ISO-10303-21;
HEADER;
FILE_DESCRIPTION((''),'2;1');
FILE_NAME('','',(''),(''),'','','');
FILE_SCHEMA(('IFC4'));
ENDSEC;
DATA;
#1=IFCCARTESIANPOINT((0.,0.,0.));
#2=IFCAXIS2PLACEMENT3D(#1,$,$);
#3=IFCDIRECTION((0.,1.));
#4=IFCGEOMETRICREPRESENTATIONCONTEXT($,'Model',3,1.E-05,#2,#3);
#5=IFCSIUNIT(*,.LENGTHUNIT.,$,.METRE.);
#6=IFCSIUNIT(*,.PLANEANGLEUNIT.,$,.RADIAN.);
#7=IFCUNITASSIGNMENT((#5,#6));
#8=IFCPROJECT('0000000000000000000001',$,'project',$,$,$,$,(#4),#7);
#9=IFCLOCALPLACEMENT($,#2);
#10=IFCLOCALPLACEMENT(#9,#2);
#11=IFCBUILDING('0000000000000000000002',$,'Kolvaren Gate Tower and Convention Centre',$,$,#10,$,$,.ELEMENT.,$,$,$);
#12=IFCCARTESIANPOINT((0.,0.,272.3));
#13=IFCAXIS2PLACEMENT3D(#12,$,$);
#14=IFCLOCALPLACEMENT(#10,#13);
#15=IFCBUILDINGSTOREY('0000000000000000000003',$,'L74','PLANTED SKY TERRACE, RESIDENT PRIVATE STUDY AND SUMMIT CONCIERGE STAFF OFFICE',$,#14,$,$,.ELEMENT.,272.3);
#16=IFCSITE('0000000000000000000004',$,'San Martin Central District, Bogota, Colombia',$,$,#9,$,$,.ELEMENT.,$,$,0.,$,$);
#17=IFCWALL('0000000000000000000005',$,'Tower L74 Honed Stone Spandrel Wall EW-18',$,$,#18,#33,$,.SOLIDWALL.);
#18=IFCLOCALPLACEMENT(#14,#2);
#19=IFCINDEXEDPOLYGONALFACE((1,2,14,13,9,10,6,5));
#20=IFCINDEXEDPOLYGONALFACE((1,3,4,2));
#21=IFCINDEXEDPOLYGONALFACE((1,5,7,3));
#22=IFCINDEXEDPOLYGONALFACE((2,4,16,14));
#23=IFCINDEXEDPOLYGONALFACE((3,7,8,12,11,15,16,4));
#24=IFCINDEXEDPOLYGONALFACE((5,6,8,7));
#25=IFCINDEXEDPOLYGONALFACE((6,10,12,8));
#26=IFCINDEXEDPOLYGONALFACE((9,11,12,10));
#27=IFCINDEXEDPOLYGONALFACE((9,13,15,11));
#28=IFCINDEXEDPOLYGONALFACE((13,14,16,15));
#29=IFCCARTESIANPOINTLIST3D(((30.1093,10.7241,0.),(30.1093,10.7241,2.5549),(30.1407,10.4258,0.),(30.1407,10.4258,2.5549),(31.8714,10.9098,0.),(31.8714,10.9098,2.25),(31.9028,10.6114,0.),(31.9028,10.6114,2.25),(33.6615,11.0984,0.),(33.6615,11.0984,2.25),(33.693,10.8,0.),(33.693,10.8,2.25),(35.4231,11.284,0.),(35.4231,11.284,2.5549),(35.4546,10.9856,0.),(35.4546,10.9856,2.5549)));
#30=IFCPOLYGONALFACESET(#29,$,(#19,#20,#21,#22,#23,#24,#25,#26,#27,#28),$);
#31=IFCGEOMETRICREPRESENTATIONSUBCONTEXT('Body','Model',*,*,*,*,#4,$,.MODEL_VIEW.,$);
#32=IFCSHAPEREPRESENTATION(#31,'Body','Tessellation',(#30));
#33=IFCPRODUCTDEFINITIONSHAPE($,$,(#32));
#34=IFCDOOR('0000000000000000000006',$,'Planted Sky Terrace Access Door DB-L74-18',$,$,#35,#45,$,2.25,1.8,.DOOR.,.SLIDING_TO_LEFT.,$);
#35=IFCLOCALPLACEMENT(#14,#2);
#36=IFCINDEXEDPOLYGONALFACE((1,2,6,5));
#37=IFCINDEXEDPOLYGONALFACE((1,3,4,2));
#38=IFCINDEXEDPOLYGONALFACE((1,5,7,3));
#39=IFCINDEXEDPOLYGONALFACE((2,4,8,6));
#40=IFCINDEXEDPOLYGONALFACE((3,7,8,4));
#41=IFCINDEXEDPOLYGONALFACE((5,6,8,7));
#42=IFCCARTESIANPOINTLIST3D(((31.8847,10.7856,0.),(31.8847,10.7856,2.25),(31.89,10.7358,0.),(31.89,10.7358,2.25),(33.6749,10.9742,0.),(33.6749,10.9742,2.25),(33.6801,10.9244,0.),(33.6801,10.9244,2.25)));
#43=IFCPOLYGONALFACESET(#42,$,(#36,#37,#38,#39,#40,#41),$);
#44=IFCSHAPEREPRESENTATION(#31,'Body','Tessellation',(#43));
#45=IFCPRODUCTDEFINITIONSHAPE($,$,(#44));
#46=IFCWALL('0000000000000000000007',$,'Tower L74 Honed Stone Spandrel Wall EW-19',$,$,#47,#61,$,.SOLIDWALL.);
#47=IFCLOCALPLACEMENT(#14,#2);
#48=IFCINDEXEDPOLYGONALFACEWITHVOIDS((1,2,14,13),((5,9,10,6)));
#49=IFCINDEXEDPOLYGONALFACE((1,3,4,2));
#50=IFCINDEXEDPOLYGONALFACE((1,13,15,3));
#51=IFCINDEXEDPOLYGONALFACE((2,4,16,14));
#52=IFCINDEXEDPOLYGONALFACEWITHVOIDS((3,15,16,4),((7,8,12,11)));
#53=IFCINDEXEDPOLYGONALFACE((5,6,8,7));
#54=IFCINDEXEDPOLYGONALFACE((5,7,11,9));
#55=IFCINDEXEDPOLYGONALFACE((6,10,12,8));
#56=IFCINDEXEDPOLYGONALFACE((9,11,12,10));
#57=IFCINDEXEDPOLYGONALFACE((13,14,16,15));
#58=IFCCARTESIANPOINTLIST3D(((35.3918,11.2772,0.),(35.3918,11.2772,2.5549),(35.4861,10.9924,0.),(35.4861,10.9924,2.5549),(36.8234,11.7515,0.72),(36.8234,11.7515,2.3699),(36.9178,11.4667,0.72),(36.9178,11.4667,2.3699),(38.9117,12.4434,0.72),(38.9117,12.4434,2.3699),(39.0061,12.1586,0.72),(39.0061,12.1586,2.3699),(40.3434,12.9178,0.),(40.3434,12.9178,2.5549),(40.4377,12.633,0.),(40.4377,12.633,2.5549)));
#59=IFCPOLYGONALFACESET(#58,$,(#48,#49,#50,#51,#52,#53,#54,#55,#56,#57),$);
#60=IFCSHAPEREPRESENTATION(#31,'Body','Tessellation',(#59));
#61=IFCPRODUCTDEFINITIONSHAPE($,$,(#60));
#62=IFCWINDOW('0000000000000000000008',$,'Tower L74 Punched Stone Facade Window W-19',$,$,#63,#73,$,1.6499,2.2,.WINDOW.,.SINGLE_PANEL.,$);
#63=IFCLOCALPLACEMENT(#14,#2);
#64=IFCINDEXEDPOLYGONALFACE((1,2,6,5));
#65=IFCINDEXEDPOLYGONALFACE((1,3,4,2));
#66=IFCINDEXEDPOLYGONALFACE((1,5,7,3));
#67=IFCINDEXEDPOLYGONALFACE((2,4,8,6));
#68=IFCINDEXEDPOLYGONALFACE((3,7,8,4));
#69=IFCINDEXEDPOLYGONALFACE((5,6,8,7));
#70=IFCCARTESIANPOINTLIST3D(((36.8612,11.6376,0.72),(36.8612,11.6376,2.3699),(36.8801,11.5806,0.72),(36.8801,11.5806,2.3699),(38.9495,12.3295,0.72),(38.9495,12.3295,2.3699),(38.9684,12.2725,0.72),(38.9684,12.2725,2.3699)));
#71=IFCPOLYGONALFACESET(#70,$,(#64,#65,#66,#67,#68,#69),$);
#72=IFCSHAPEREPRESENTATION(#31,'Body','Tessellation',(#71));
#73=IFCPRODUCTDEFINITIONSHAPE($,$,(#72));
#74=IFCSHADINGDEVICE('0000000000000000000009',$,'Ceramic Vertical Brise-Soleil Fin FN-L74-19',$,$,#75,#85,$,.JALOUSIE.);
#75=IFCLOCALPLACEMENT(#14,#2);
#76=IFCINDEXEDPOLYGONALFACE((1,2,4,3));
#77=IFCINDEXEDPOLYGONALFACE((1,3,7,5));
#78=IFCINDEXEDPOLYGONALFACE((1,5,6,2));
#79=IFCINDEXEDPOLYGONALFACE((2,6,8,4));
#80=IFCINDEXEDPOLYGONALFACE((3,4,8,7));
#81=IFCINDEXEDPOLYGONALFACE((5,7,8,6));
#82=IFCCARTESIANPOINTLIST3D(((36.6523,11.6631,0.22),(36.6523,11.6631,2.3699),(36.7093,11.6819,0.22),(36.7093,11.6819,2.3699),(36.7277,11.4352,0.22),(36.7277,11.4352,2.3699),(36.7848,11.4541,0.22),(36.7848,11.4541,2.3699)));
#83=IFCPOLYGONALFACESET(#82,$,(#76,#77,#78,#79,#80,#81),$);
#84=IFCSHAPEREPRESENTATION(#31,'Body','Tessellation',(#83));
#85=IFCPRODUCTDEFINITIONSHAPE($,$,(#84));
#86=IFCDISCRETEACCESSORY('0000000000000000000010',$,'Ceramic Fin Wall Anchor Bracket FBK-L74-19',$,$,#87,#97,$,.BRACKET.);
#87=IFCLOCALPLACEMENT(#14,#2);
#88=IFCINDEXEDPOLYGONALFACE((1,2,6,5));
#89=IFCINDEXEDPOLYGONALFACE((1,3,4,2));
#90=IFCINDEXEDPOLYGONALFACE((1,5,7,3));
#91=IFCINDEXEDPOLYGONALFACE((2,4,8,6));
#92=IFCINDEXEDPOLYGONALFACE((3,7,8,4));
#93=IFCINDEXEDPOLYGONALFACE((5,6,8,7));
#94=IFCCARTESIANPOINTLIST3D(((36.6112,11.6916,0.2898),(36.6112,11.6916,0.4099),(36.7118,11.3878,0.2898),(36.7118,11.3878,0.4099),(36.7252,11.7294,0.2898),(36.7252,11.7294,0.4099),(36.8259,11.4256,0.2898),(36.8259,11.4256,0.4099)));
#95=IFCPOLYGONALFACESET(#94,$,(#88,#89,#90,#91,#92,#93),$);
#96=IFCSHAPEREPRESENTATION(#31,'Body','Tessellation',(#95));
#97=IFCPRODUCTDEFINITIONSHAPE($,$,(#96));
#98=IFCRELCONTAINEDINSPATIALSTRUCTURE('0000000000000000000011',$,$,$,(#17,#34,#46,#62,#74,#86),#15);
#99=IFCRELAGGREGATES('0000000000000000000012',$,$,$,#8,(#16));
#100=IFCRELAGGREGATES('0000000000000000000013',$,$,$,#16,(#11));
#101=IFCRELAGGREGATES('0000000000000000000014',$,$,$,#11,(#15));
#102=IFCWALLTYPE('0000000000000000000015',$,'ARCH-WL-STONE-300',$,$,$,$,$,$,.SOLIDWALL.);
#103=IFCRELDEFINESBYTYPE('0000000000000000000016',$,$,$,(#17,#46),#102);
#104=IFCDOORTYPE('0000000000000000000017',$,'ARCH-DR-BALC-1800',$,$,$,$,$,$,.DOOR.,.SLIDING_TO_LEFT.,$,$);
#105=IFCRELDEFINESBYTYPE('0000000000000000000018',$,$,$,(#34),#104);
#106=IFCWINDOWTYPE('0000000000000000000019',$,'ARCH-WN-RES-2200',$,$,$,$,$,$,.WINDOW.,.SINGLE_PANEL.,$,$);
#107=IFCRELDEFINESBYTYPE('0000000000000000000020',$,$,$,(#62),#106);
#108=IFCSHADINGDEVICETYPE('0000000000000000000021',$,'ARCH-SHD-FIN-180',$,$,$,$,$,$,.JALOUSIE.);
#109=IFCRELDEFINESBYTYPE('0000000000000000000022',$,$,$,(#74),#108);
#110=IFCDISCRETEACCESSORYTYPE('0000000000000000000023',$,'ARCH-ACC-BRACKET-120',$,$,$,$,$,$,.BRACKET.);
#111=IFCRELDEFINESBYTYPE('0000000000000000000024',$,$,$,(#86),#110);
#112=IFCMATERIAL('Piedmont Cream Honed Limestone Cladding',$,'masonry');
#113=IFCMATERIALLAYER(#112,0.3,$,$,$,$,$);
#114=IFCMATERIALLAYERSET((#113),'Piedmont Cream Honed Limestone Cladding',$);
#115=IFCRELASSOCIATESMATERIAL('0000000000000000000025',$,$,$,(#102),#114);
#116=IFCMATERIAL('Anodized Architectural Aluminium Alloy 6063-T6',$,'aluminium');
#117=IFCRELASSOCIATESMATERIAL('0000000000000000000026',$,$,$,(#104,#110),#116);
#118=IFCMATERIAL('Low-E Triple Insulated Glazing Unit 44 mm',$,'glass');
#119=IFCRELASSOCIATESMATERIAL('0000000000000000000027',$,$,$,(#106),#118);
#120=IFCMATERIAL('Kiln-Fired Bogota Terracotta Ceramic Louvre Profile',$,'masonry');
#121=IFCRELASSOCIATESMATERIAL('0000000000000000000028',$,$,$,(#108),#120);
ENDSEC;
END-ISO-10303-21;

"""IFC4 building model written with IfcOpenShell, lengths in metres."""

from ifc_helpers import new_model, si_unit, direction, frame, frame_2d, origin, origin_2d, place, context, subcontext, project, spatial, rectangle, extrude, material, layer, layer_set, type_object, element, fill, save


model = new_model("IFC4")

# Units and contexts
model_context = context("Model", 3, precision=1e-05, world=origin(), true_north=direction((0.0, 1.0)))
body_context = subcontext(model_context, "Body", "Model", "MODEL_VIEW")
ifc_project = project(units=[si_unit("LENGTHUNIT", "METRE"), si_unit("PLANEANGLEUNIT", "RADIAN")], contexts=[model_context])

# Site, building, storey
site_placement = place(None, origin())
site = spatial("IfcSite", under=ifc_project, at=site_placement, Name="San Martin Central District, Bogota, Colombia", CompositionType="ELEMENT", RefElevation=0.0)
building_placement = place(site_placement, origin())
building = spatial("IfcBuilding", under=site, at=building_placement, Name="Kolvaren Gate Tower and Convention Centre", CompositionType="ELEMENT")
storey_placement = place(building_placement, frame((0.0, 0.0, 272.3)))
storey = spatial("IfcBuildingStorey", under=building, at=storey_placement, Name="L74", Description="PLANTED SKY TERRACE, RESIDENT PRIVATE STUDY AND SUMMIT CONCIERGE STAFF OFFICE", CompositionType="ELEMENT", Elevation=272.3)

# Shared definitions
ifc_material_1 = material(Name="Anodized Architectural Aluminium Alloy 6063-T6", Category="aluminium")

# Shared definitions
ifc_material_2 = material(Name="Piedmont Cream Honed Limestone Cladding", Category="masonry")

# Wall, opening, door
ifc_layer_1 = layer(ifc_material_2, 0.3)
ifc_layer_set_1 = layer_set([ifc_layer_1], Name="Piedmont Cream Honed Limestone Cladding")
wall_type_1 = type_object("IfcWallType", Name="ARCH-WL-STONE-300", PredefinedType="SOLIDWALL", material=ifc_layer_set_1)
wall_1_placement = place(storey_placement, frame((30.125, 10.575, 0.0), z_axis=(0.0, 0.0, 1.0), x_axis=(0.994497, 0.104768, 0.0)))
wall_1 = element("IfcWall", 1, at=wall_1_placement, inside=storey, type_object=wall_type_1, Name="Tower L74 Honed Stone Spandrel Wall EW-18", PredefinedType="SOLIDWALL", context=body_context, shape_type="SweptSolid", body=[
    extrude(rectangle(XDim=5.3433, YDim=0.3, at=frame_2d((2.6716, 0.0))), origin(), (0.0, 0.0, 1.0), 2.5549),
])
opening_1_placement = place(wall_1_placement, frame((1.772, 0.0, 0.0)))
opening_1 = element("IfcOpeningElement", 2, at=opening_1_placement, cuts=wall_1, PredefinedType="OPENING", context=body_context, shape_type="SweptSolid", body=[
    extrude(rectangle(XDim=1.8, YDim=2.25, at=frame_2d((0.8999, 1.125))), frame((0.0, 0.1599, 0.0), z_axis=(0.0, -1.0, 0.0), x_axis=(1.0, 0.0, 0.0)), (0.0, 0.0, 1.0), 0.3201),
])
door_type_1 = type_object("IfcDoorType", Name="ARCH-DR-BALC-1800", OperationType="SLIDING_TO_LEFT", PredefinedType="DOOR", material=ifc_material_1)
door_1_placement = place(opening_1_placement, frame((1.8, 0.0, 0.0), z_axis=(0.0, 0.0, 1.0), x_axis=(-1.0, 0.0, 0.0)))
door_1 = element("IfcDoor", 3, at=door_1_placement, inside=storey, type_object=door_type_1, Name="Planted Sky Terrace Access Door DB-L74-18", OperationType="SLIDING_TO_LEFT", OverallHeight=2.25, OverallWidth=1.8, PredefinedType="DOOR", context=body_context, shape_type="SweptSolid", body=[
    extrude(rectangle(XDim=1.8, YDim=2.25, at=frame_2d((0.8999, 1.125))), frame((0.0, 0.0249, 0.0), z_axis=(0.0, -1.0, 0.0), x_axis=(1.0, 0.0, 0.0)), (0.0, 0.0, 1.0), 0.05),
])
fill(opening_1, door_1)

# Wall, opening, window
wall_2_placement = place(storey_placement, frame((35.439, 11.1348, 0.0), z_axis=(0.0, 0.0, 1.0), x_axis=(0.949253, 0.314514, 0.0)))
wall_2 = element("IfcWall", 4, at=wall_2_placement, inside=storey, type_object=wall_type_1, Name="Tower L74 Honed Stone Spandrel Wall EW-19", PredefinedType="SOLIDWALL", context=body_context, shape_type="SweptSolid", body=[
    extrude(rectangle(XDim=5.2163, YDim=0.3, at=frame_2d((2.6082, 0.0))), origin(), (0.0, 0.0, 1.0), 2.5549),
])
opening_2_placement = place(wall_2_placement, frame((1.5081, 0.0, 0.72)))
opening_2 = element("IfcOpeningElement", 5, at=opening_2_placement, cuts=wall_2, PredefinedType="OPENING", context=body_context, shape_type="SweptSolid", body=[
    extrude(rectangle(XDim=2.2, YDim=1.6499, at=frame_2d((1.1001, 0.825))), frame((0.0, 0.1599, 0.0), z_axis=(0.0, -1.0, 0.0), x_axis=(1.0, 0.0, 0.0)), (0.0, 0.0, 1.0), 0.3201),
])
ifc_material_3 = material(Name="Low-E Triple Insulated Glazing Unit 44 mm", Category="glass")
window_type = type_object("IfcWindowType", Name="ARCH-WN-RES-2200", PartitioningType="SINGLE_PANEL", PredefinedType="WINDOW", material=ifc_material_3)
window_placement = place(opening_2_placement, origin())
window = element("IfcWindow", 6, at=window_placement, inside=storey, type_object=window_type, Name="Tower L74 Punched Stone Facade Window W-19", OverallHeight=1.6499, OverallWidth=2.2, PartitioningType="SINGLE_PANEL", PredefinedType="WINDOW", context=body_context, shape_type="SweptSolid", body=[
    extrude(rectangle(XDim=2.2, YDim=1.6499, at=frame_2d((1.1001, 0.825))), frame((0.0, 0.03, 0.0), z_axis=(0.0, -1.0, 0.0), x_axis=(1.0, 0.0, 0.0)), (0.0, 0.0, 1.0), 0.0601),
])
fill(opening_2, window)

# Shading device
ifc_material_4 = material(Name="Kiln-Fired Bogota Terracotta Ceramic Louvre Profile", Category="masonry")
shading_device_type = type_object("IfcShadingDeviceType", Name="ARCH-SHD-FIN-180", PredefinedType="JALOUSIE", material=ifc_material_4)
shading_device_placement = place(storey_placement, frame((36.7185, 11.5586, 0.22), z_axis=(0.0, 0.0, 1.0), x_axis=(0.949243, 0.314543, 0.0)))
element("IfcShadingDevice", 7, at=shading_device_placement, inside=storey, type_object=shading_device_type, Name="Ceramic Vertical Brise-Soleil Fin FN-L74-19", PredefinedType="JALOUSIE", context=body_context, shape_type="SweptSolid", body=[
    extrude(rectangle(XDim=0.0601, YDim=0.24, at=origin_2d()), origin(), (0.0, 0.0, 1.0), 2.1499),
])

# Discrete accessory
discrete_accessory_type = type_object("IfcDiscreteAccessoryType", Name="ARCH-ACC-BRACKET-120", PredefinedType="BRACKET", material=ifc_material_1)
discrete_accessory_placement = place(storey_placement, frame((36.7185, 11.5586, 0.2898), z_axis=(0.0, 0.0, 1.0), x_axis=(0.949243, 0.314543, 0.0)))
element("IfcDiscreteAccessory", 8, at=discrete_accessory_placement, inside=storey, type_object=discrete_accessory_type, Name="Ceramic Fin Wall Anchor Bracket FBK-L74-19", PredefinedType="BRACKET", context=body_context, shape_type="SweptSolid", body=[
    extrude(rectangle(XDim=0.1201, YDim=0.3201, at=origin_2d()), origin(), (0.0, 0.0, 1.0), 0.1201),
])

save(model, "model.ifc")
